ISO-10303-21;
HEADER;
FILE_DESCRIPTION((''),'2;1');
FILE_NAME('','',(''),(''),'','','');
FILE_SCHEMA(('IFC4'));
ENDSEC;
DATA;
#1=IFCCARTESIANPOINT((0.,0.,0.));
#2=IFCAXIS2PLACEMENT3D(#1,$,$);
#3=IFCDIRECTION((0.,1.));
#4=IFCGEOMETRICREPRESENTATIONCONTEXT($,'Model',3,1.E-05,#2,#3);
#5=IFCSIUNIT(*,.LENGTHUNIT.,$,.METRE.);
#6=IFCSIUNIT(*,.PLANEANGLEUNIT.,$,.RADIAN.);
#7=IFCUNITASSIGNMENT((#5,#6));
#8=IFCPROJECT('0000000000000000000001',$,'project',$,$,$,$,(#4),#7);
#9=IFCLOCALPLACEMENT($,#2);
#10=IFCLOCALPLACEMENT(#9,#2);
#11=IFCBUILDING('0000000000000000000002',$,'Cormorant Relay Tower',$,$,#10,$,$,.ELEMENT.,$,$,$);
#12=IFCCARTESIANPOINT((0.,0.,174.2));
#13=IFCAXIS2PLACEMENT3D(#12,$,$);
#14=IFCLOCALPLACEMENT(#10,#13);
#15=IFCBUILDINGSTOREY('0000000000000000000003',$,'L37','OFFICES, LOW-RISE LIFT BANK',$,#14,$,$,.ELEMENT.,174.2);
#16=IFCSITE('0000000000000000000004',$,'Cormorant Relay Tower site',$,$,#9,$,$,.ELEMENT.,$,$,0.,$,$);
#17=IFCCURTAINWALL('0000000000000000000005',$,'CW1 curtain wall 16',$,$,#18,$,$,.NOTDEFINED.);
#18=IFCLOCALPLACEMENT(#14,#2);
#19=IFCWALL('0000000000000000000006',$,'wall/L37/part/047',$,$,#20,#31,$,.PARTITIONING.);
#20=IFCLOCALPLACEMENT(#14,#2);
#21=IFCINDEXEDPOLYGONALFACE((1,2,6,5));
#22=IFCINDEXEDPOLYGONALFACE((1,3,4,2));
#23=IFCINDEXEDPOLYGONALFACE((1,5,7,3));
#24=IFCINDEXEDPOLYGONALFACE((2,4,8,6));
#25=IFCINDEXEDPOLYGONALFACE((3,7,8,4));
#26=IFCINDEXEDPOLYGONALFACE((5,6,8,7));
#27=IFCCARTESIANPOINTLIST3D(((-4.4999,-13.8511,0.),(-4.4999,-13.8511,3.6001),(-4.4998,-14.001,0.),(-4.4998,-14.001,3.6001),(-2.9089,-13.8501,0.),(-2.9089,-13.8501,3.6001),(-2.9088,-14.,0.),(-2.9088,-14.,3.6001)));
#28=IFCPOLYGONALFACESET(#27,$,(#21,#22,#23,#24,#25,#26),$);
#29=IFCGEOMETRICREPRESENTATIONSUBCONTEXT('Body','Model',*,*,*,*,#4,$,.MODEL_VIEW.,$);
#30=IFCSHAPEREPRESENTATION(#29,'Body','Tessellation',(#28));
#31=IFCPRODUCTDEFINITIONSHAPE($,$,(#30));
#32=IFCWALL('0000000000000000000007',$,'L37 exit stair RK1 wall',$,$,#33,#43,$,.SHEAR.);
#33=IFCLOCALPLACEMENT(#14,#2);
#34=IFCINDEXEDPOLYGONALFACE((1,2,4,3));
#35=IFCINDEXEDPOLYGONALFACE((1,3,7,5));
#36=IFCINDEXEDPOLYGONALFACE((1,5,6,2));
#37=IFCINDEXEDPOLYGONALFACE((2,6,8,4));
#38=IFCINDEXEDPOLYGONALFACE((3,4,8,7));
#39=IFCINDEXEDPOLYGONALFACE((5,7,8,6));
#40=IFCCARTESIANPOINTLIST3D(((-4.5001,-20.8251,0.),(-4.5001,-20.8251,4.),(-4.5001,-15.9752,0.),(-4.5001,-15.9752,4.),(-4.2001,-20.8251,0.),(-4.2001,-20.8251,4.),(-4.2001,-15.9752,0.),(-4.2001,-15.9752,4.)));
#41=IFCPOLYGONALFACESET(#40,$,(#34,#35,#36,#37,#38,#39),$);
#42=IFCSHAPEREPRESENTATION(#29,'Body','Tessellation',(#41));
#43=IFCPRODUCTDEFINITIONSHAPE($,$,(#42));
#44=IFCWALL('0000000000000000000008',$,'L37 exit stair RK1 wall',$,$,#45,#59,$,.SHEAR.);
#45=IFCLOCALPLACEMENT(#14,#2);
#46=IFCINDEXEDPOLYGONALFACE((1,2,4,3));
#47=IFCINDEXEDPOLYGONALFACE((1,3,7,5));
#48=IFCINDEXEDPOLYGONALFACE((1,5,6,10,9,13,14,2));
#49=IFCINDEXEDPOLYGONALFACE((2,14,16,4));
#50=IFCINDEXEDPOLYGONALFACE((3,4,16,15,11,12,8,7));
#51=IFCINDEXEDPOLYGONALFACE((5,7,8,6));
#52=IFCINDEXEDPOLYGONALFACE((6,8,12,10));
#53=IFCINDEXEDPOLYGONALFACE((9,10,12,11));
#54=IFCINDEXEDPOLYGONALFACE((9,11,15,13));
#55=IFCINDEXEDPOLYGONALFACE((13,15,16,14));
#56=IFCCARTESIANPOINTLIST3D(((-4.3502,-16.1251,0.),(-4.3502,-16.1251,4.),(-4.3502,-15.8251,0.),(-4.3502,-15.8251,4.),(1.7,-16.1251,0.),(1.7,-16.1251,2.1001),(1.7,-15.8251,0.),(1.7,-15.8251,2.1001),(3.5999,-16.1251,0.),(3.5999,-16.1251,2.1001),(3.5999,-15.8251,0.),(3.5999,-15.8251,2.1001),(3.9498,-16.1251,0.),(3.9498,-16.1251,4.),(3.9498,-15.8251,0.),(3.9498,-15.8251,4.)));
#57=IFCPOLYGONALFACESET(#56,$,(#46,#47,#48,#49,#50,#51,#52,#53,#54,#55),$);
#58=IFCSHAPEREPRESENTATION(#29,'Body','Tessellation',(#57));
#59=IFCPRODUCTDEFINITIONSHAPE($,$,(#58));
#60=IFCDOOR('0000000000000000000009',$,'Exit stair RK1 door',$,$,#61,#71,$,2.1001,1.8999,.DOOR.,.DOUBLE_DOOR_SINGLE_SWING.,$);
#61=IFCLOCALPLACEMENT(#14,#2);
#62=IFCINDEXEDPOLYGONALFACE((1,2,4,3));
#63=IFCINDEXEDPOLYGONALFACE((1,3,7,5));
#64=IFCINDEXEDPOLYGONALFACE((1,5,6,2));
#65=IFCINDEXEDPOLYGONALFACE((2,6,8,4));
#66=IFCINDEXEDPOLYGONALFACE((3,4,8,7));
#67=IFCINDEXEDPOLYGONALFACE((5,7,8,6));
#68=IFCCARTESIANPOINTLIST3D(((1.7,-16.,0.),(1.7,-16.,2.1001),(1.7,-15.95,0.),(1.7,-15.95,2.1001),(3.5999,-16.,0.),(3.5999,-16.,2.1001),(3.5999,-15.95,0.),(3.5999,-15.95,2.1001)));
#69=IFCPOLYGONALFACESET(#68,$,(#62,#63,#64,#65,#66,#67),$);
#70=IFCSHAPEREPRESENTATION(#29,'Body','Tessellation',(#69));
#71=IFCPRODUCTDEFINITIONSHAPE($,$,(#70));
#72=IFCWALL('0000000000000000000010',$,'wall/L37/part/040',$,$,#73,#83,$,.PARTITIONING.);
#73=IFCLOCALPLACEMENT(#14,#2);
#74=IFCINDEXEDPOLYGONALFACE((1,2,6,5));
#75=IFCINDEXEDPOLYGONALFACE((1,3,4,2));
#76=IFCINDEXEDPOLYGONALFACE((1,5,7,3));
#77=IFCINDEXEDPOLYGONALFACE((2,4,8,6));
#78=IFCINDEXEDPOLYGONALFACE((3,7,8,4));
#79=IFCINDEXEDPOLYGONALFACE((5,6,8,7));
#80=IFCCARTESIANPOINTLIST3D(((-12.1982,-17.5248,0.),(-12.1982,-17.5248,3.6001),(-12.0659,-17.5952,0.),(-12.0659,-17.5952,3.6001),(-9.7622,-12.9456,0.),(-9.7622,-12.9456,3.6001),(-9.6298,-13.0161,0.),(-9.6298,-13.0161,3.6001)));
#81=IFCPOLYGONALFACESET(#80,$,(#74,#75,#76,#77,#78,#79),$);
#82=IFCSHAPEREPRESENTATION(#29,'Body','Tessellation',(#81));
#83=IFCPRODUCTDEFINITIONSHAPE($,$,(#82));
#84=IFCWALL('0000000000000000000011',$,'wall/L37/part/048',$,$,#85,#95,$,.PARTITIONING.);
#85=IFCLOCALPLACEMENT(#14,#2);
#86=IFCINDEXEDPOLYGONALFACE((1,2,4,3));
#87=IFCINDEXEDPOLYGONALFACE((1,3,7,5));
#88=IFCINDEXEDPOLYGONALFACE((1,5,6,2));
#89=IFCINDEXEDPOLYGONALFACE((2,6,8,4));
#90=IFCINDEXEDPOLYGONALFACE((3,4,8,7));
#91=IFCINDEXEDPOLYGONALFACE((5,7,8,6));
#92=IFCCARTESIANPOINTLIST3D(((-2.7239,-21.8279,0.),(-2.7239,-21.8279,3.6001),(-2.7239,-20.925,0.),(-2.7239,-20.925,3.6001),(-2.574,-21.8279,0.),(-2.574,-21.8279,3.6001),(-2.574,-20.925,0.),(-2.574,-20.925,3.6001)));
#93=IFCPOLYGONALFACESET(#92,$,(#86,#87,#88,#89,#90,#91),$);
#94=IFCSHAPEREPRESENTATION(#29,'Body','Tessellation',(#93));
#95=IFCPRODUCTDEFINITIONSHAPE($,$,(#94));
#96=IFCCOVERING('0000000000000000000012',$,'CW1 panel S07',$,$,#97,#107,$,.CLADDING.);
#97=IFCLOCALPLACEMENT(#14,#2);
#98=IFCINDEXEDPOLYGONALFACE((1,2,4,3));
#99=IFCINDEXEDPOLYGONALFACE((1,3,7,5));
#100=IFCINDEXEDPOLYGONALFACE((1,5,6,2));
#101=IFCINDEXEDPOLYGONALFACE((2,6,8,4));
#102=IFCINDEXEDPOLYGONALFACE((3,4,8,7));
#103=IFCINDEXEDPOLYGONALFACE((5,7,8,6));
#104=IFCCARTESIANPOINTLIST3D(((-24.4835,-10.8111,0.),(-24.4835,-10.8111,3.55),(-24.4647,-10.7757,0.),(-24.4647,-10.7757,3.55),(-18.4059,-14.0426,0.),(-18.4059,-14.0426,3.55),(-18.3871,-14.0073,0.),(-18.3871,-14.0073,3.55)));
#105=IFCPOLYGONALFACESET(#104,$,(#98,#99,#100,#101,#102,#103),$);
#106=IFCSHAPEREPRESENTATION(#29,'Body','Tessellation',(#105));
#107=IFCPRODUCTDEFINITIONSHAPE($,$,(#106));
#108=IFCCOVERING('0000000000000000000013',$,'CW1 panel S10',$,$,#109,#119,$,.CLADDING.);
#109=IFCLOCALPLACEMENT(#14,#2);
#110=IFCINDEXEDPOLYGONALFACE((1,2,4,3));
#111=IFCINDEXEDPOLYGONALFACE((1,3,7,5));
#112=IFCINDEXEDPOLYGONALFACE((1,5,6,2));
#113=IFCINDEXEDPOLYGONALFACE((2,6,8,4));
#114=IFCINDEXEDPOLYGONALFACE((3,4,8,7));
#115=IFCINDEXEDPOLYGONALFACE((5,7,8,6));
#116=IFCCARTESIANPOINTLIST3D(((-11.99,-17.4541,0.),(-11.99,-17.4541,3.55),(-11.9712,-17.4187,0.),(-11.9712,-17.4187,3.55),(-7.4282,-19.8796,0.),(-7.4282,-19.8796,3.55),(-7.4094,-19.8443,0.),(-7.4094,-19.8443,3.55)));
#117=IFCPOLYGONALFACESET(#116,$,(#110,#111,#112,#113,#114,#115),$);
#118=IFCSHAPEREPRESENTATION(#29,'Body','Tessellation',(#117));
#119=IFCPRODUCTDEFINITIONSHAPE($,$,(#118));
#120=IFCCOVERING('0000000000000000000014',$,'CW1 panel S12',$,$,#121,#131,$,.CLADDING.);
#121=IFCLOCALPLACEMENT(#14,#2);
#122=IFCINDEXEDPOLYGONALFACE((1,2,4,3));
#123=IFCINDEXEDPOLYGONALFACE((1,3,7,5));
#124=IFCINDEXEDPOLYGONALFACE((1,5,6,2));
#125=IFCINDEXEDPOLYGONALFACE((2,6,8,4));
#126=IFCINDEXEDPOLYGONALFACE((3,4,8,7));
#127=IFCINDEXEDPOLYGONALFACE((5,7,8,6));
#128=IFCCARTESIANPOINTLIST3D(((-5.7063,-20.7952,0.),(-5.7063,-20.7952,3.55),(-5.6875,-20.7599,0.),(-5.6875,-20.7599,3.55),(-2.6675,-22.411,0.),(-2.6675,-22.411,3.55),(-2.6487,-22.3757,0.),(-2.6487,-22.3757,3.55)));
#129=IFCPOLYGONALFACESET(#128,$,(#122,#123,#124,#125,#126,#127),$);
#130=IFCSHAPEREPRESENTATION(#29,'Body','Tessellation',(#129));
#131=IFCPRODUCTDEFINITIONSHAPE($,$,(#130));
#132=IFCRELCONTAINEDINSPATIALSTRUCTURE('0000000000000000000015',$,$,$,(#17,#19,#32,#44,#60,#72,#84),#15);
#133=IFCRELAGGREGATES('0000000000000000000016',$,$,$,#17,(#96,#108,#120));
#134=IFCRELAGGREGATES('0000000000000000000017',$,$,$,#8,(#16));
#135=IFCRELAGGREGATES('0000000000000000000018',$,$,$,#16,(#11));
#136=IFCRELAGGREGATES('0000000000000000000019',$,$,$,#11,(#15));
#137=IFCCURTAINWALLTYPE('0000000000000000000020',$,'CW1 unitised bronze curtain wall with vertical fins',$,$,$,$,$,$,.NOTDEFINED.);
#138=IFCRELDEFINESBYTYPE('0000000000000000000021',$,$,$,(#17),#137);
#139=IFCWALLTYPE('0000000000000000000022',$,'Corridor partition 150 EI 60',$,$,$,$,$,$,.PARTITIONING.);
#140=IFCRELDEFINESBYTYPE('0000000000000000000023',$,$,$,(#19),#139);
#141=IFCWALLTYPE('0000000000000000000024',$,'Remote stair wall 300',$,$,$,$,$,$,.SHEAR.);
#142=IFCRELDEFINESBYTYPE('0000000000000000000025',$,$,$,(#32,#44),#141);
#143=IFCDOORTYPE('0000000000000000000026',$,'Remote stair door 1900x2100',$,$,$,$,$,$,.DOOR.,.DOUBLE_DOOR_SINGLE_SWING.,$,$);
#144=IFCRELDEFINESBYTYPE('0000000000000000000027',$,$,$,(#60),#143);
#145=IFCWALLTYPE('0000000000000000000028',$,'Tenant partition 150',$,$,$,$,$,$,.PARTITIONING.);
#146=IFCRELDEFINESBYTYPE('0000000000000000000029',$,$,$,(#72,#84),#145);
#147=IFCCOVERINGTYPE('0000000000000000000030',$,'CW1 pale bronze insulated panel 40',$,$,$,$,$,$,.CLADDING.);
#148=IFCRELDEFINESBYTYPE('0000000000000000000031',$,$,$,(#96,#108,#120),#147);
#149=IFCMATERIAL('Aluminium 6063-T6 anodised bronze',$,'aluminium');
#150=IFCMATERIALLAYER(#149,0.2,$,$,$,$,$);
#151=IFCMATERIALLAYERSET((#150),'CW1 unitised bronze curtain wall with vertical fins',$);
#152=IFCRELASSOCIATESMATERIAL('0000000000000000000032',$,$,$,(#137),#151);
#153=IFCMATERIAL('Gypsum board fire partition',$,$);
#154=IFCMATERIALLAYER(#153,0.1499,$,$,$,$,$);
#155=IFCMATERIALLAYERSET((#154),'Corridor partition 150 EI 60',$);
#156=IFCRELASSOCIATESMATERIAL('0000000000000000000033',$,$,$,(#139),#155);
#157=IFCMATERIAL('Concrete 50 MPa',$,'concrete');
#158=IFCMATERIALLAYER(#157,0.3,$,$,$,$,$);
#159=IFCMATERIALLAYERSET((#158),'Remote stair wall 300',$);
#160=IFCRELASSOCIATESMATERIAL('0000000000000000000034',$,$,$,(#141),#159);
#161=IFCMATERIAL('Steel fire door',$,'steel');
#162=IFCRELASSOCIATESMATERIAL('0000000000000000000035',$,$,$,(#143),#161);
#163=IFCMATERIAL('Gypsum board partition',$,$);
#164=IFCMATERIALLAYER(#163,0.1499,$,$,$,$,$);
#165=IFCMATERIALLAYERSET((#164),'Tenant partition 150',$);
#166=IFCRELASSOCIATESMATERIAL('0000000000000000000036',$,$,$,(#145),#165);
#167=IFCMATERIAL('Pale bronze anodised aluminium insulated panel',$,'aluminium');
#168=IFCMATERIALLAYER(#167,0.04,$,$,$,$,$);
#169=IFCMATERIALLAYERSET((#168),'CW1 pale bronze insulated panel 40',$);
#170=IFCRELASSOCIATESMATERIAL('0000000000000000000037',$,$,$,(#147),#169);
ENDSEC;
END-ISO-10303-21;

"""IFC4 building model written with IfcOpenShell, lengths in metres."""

from ifc_helpers import new_model, si_unit, direction, frame, frame_2d, origin, origin_2d, place, context, subcontext, project, spatial, rectangle, extrude, material, layer, layer_set, type_object, element, fill, aggregate, save


model = new_model("IFC4")

# Units and contexts
model_context = context("Model", 3, precision=1e-05, world=origin(), true_north=direction((0.0, 1.0)))
body_context = subcontext(model_context, "Body", "Model", "MODEL_VIEW")
ifc_project = project(units=[si_unit("LENGTHUNIT", "METRE"), si_unit("PLANEANGLEUNIT", "RADIAN")], contexts=[model_context])

# Site, building, storey
site_placement = place(None, origin())
site = spatial("IfcSite", under=ifc_project, at=site_placement, Name="Cormorant Relay Tower site", CompositionType="ELEMENT", RefElevation=0.0)
building_placement = place(site_placement, origin())
building = spatial("IfcBuilding", under=site, at=building_placement, Name="Cormorant Relay Tower", CompositionType="ELEMENT")
storey_placement = place(building_placement, frame((0.0, 0.0, 174.2)))
storey = spatial("IfcBuildingStorey", under=building, at=storey_placement, Name="L37", Description="OFFICES, LOW-RISE LIFT BANK", CompositionType="ELEMENT", Elevation=174.2)

# Shared definitions
ifc_material_1 = material(Name="Aluminium 6063-T6 anodised bronze", Category="aluminium")
ifc_layer_1 = layer(ifc_material_1, 0.2)
ifc_layer_set_1 = layer_set([ifc_layer_1], Name="CW1 unitised bronze curtain wall with vertical fins")
curtain_wall_type = type_object("IfcCurtainWallType", Name="CW1 unitised bronze curtain wall with vertical fins", PredefinedType="NOTDEFINED", material=ifc_layer_set_1)

# Curtain wall
curtain_wall_1_placement = place(storey_placement, origin())
curtain_wall_1 = element("IfcCurtainWall", 1, at=curtain_wall_1_placement, inside=storey, type_object=curtain_wall_type, Name="CW1 curtain wall 16", PredefinedType="NOTDEFINED")

# Shared definitions
ifc_material_2 = material(Name="Gypsum board fire partition")
ifc_layer_2 = layer(ifc_material_2, 0.1499)
ifc_layer_set_2 = layer_set([ifc_layer_2], Name="Corridor partition 150 EI 60")
wall_type_1 = type_object("IfcWallType", Name="Corridor partition 150 EI 60", PredefinedType="PARTITIONING", material=ifc_layer_set_2)

# Walls
wall_1_placement = place(storey_placement, frame((-2.9089, -13.925, 0.0), z_axis=(0.0, 0.0, 1.0), x_axis=(-1.0, -0.000614, 0.0)))
element("IfcWall", 2, at=wall_1_placement, inside=storey, type_object=wall_type_1, Name="wall/L37/part/047", PredefinedType="PARTITIONING", context=body_context, shape_type="SweptSolid", body=[
    extrude(rectangle(XDim=1.5911, YDim=0.1499, at=frame_2d((0.7954, 0.0))), origin(), (0.0, 0.0, 1.0), 3.6001),
])
ifc_material_3 = material(Name="Concrete 50 MPa", Category="concrete")
ifc_layer_3 = layer(ifc_material_3, 0.3)
ifc_layer_set_3 = layer_set([ifc_layer_3], Name="Remote stair wall 300")
wall_type_2 = type_object("IfcWallType", Name="Remote stair wall 300", PredefinedType="SHEAR", material=ifc_layer_set_3)
wall_2_placement = place(storey_placement, frame((-4.3501, -20.825, 0.0), z_axis=(0.0, 0.0, 1.0), x_axis=(0.0, 1.0, 0.0)))
element("IfcWall", 3, at=wall_2_placement, inside=storey, type_object=wall_type_2, Name="L37 exit stair RK1 wall", PredefinedType="SHEAR", context=body_context, shape_type="SweptSolid", body=[
    extrude(rectangle(XDim=4.8499, YDim=0.3, at=frame_2d((2.4248, 0.0))), origin(), (0.0, 0.0, 1.0), 4.0),
])

# Wall, opening, door
wall_3_placement = place(storey_placement, frame((-4.3501, -15.9751, 0.0), z_axis=(0.0, 0.0, 1.0), x_axis=(1.0, 0.0, 0.0)))
wall_3 = element("IfcWall", 4, at=wall_3_placement, inside=storey, type_object=wall_type_2, Name="L37 exit stair RK1 wall", PredefinedType="SHEAR", context=body_context, shape_type="SweptSolid", body=[
    extrude(rectangle(XDim=8.3, YDim=0.3, at=frame_2d((4.1499, 0.0))), origin(), (0.0, 0.0, 1.0), 4.0),
])
opening_1_placement = place(wall_3_placement, frame((6.05, 0.0, 0.0)))
opening_1 = element("IfcOpeningElement", 5, at=opening_1_placement, cuts=wall_3, PredefinedType="OPENING", context=body_context, shape_type="SweptSolid", body=[
    extrude(rectangle(XDim=1.8999, YDim=2.1001, at=frame_2d((0.95, 1.05))), frame((0.0, 0.1599, 0.0), z_axis=(0.0, -1.0, 0.0), x_axis=(1.0, 0.0, 0.0)), (0.0, 0.0, 1.0), 0.3201),
])
ifc_material_4 = material(Name="Steel fire door", Category="steel")
door_type_1 = type_object("IfcDoorType", Name="Remote stair door 1900x2100", OperationType="DOUBLE_DOOR_SINGLE_SWING", PredefinedType="DOOR", material=ifc_material_4)
door_1_placement = place(opening_1_placement, frame((1.8999, 0.0, 0.0), z_axis=(0.0, 0.0, 1.0), x_axis=(-1.0, 0.0, 0.0)))
door_1 = element("IfcDoor", 6, at=door_1_placement, inside=storey, type_object=door_type_1, Name="Exit stair RK1 door", OperationType="DOUBLE_DOOR_SINGLE_SWING", OverallHeight=2.1001, OverallWidth=1.8999, PredefinedType="DOOR", context=body_context, shape_type="SweptSolid", body=[
    extrude(rectangle(XDim=1.8999, YDim=2.1001, at=frame_2d((0.95, 1.05))), frame((0.0, 0.0249, 0.0), z_axis=(0.0, -1.0, 0.0), x_axis=(1.0, 0.0, 0.0)), (0.0, 0.0, 1.0), 0.05),
])
fill(opening_1, door_1)

# Walls
ifc_material_5 = material(Name="Gypsum board partition")
ifc_layer_4 = layer(ifc_material_5, 0.1499)
ifc_layer_set_4 = layer_set([ifc_layer_4], Name="Tenant partition 150")
wall_type_3 = type_object("IfcWallType", Name="Tenant partition 150", PredefinedType="PARTITIONING", material=ifc_layer_set_4)
wall_4_placement = place(storey_placement, frame((-9.696, -12.981, 0.0), z_axis=(0.0, 0.0, 1.0), x_axis=(-0.469664, -0.882845, 0.0)))
element("IfcWall", 7, at=wall_4_placement, inside=storey, type_object=wall_type_3, Name="wall/L37/part/040", PredefinedType="PARTITIONING", context=body_context, shape_type="SweptSolid", body=[
    extrude(rectangle(XDim=5.1868, YDim=0.1499, at=frame_2d((2.5933, 0.0))), origin(), (0.0, 0.0, 1.0), 3.6001),
])
wall_5_placement = place(storey_placement, frame((-2.6489, -20.925, 0.0), z_axis=(0.0, 0.0, 1.0), x_axis=(0.0, -1.0, 0.0)))
element("IfcWall", 8, at=wall_5_placement, inside=storey, type_object=wall_type_3, Name="wall/L37/part/048", PredefinedType="PARTITIONING", context=body_context, shape_type="SweptSolid", body=[
    extrude(rectangle(XDim=0.9028, YDim=0.1499, at=frame_2d((0.4514, 0.0))), origin(), (0.0, 0.0, 1.0), 3.6001),
])

# Coverings
ifc_material_6 = material(Name="Pale bronze anodised aluminium insulated panel", Category="aluminium")
ifc_layer_5 = layer(ifc_material_6, 0.04)
ifc_layer_set_5 = layer_set([ifc_layer_5], Name="CW1 pale bronze insulated panel 40")
covering_type = type_object("IfcCoveringType", Name="CW1 pale bronze insulated panel 40", PredefinedType="CLADDING", material=ifc_layer_set_5)
covering_1_placement = place(storey_placement, frame((-21.4353, -12.4092, 0.0), z_axis=(0.0, 0.0, 1.0), x_axis=(0.882948, -0.469472, 0.0)))
covering_1 = element("IfcCovering", 9, at=covering_1_placement, type_object=covering_type, Name="CW1 panel S07", PredefinedType="CLADDING", context=body_context, shape_type="SweptSolid", body=[
    extrude(rectangle(XDim=6.8833, YDim=0.04, at=origin_2d()), origin(), (0.0, 0.0, 1.0), 3.55),
])
covering_2_placement = place(storey_placement, frame((-9.6997, -18.6492, 0.0), z_axis=(0.0, 0.0, 1.0), x_axis=(0.882948, -0.469472, 0.0)))
covering_2 = element("IfcCovering", 10, at=covering_2_placement, type_object=covering_type, Name="CW1 panel S10", PredefinedType="CLADDING", context=body_context, shape_type="SweptSolid", body=[
    extrude(rectangle(XDim=5.1665, YDim=0.04, at=origin_2d()), origin(), (0.0, 0.0, 1.0), 3.55),
])
covering_3_placement = place(storey_placement, frame((-4.1775, -21.5854, 0.0), z_axis=(0.0, 0.0, 1.0), x_axis=(0.882948, -0.469472, 0.0)))
covering_3 = element("IfcCovering", 11, at=covering_3_placement, type_object=covering_type, Name="CW1 panel S12", PredefinedType="CLADDING", context=body_context, shape_type="SweptSolid", body=[
    extrude(rectangle(XDim=3.4417, YDim=0.04, at=origin_2d()), origin(), (0.0, 0.0, 1.0), 3.55),
])
aggregate(curtain_wall_1, [covering_1, covering_2, covering_3])

save(model, "model.ifc")
